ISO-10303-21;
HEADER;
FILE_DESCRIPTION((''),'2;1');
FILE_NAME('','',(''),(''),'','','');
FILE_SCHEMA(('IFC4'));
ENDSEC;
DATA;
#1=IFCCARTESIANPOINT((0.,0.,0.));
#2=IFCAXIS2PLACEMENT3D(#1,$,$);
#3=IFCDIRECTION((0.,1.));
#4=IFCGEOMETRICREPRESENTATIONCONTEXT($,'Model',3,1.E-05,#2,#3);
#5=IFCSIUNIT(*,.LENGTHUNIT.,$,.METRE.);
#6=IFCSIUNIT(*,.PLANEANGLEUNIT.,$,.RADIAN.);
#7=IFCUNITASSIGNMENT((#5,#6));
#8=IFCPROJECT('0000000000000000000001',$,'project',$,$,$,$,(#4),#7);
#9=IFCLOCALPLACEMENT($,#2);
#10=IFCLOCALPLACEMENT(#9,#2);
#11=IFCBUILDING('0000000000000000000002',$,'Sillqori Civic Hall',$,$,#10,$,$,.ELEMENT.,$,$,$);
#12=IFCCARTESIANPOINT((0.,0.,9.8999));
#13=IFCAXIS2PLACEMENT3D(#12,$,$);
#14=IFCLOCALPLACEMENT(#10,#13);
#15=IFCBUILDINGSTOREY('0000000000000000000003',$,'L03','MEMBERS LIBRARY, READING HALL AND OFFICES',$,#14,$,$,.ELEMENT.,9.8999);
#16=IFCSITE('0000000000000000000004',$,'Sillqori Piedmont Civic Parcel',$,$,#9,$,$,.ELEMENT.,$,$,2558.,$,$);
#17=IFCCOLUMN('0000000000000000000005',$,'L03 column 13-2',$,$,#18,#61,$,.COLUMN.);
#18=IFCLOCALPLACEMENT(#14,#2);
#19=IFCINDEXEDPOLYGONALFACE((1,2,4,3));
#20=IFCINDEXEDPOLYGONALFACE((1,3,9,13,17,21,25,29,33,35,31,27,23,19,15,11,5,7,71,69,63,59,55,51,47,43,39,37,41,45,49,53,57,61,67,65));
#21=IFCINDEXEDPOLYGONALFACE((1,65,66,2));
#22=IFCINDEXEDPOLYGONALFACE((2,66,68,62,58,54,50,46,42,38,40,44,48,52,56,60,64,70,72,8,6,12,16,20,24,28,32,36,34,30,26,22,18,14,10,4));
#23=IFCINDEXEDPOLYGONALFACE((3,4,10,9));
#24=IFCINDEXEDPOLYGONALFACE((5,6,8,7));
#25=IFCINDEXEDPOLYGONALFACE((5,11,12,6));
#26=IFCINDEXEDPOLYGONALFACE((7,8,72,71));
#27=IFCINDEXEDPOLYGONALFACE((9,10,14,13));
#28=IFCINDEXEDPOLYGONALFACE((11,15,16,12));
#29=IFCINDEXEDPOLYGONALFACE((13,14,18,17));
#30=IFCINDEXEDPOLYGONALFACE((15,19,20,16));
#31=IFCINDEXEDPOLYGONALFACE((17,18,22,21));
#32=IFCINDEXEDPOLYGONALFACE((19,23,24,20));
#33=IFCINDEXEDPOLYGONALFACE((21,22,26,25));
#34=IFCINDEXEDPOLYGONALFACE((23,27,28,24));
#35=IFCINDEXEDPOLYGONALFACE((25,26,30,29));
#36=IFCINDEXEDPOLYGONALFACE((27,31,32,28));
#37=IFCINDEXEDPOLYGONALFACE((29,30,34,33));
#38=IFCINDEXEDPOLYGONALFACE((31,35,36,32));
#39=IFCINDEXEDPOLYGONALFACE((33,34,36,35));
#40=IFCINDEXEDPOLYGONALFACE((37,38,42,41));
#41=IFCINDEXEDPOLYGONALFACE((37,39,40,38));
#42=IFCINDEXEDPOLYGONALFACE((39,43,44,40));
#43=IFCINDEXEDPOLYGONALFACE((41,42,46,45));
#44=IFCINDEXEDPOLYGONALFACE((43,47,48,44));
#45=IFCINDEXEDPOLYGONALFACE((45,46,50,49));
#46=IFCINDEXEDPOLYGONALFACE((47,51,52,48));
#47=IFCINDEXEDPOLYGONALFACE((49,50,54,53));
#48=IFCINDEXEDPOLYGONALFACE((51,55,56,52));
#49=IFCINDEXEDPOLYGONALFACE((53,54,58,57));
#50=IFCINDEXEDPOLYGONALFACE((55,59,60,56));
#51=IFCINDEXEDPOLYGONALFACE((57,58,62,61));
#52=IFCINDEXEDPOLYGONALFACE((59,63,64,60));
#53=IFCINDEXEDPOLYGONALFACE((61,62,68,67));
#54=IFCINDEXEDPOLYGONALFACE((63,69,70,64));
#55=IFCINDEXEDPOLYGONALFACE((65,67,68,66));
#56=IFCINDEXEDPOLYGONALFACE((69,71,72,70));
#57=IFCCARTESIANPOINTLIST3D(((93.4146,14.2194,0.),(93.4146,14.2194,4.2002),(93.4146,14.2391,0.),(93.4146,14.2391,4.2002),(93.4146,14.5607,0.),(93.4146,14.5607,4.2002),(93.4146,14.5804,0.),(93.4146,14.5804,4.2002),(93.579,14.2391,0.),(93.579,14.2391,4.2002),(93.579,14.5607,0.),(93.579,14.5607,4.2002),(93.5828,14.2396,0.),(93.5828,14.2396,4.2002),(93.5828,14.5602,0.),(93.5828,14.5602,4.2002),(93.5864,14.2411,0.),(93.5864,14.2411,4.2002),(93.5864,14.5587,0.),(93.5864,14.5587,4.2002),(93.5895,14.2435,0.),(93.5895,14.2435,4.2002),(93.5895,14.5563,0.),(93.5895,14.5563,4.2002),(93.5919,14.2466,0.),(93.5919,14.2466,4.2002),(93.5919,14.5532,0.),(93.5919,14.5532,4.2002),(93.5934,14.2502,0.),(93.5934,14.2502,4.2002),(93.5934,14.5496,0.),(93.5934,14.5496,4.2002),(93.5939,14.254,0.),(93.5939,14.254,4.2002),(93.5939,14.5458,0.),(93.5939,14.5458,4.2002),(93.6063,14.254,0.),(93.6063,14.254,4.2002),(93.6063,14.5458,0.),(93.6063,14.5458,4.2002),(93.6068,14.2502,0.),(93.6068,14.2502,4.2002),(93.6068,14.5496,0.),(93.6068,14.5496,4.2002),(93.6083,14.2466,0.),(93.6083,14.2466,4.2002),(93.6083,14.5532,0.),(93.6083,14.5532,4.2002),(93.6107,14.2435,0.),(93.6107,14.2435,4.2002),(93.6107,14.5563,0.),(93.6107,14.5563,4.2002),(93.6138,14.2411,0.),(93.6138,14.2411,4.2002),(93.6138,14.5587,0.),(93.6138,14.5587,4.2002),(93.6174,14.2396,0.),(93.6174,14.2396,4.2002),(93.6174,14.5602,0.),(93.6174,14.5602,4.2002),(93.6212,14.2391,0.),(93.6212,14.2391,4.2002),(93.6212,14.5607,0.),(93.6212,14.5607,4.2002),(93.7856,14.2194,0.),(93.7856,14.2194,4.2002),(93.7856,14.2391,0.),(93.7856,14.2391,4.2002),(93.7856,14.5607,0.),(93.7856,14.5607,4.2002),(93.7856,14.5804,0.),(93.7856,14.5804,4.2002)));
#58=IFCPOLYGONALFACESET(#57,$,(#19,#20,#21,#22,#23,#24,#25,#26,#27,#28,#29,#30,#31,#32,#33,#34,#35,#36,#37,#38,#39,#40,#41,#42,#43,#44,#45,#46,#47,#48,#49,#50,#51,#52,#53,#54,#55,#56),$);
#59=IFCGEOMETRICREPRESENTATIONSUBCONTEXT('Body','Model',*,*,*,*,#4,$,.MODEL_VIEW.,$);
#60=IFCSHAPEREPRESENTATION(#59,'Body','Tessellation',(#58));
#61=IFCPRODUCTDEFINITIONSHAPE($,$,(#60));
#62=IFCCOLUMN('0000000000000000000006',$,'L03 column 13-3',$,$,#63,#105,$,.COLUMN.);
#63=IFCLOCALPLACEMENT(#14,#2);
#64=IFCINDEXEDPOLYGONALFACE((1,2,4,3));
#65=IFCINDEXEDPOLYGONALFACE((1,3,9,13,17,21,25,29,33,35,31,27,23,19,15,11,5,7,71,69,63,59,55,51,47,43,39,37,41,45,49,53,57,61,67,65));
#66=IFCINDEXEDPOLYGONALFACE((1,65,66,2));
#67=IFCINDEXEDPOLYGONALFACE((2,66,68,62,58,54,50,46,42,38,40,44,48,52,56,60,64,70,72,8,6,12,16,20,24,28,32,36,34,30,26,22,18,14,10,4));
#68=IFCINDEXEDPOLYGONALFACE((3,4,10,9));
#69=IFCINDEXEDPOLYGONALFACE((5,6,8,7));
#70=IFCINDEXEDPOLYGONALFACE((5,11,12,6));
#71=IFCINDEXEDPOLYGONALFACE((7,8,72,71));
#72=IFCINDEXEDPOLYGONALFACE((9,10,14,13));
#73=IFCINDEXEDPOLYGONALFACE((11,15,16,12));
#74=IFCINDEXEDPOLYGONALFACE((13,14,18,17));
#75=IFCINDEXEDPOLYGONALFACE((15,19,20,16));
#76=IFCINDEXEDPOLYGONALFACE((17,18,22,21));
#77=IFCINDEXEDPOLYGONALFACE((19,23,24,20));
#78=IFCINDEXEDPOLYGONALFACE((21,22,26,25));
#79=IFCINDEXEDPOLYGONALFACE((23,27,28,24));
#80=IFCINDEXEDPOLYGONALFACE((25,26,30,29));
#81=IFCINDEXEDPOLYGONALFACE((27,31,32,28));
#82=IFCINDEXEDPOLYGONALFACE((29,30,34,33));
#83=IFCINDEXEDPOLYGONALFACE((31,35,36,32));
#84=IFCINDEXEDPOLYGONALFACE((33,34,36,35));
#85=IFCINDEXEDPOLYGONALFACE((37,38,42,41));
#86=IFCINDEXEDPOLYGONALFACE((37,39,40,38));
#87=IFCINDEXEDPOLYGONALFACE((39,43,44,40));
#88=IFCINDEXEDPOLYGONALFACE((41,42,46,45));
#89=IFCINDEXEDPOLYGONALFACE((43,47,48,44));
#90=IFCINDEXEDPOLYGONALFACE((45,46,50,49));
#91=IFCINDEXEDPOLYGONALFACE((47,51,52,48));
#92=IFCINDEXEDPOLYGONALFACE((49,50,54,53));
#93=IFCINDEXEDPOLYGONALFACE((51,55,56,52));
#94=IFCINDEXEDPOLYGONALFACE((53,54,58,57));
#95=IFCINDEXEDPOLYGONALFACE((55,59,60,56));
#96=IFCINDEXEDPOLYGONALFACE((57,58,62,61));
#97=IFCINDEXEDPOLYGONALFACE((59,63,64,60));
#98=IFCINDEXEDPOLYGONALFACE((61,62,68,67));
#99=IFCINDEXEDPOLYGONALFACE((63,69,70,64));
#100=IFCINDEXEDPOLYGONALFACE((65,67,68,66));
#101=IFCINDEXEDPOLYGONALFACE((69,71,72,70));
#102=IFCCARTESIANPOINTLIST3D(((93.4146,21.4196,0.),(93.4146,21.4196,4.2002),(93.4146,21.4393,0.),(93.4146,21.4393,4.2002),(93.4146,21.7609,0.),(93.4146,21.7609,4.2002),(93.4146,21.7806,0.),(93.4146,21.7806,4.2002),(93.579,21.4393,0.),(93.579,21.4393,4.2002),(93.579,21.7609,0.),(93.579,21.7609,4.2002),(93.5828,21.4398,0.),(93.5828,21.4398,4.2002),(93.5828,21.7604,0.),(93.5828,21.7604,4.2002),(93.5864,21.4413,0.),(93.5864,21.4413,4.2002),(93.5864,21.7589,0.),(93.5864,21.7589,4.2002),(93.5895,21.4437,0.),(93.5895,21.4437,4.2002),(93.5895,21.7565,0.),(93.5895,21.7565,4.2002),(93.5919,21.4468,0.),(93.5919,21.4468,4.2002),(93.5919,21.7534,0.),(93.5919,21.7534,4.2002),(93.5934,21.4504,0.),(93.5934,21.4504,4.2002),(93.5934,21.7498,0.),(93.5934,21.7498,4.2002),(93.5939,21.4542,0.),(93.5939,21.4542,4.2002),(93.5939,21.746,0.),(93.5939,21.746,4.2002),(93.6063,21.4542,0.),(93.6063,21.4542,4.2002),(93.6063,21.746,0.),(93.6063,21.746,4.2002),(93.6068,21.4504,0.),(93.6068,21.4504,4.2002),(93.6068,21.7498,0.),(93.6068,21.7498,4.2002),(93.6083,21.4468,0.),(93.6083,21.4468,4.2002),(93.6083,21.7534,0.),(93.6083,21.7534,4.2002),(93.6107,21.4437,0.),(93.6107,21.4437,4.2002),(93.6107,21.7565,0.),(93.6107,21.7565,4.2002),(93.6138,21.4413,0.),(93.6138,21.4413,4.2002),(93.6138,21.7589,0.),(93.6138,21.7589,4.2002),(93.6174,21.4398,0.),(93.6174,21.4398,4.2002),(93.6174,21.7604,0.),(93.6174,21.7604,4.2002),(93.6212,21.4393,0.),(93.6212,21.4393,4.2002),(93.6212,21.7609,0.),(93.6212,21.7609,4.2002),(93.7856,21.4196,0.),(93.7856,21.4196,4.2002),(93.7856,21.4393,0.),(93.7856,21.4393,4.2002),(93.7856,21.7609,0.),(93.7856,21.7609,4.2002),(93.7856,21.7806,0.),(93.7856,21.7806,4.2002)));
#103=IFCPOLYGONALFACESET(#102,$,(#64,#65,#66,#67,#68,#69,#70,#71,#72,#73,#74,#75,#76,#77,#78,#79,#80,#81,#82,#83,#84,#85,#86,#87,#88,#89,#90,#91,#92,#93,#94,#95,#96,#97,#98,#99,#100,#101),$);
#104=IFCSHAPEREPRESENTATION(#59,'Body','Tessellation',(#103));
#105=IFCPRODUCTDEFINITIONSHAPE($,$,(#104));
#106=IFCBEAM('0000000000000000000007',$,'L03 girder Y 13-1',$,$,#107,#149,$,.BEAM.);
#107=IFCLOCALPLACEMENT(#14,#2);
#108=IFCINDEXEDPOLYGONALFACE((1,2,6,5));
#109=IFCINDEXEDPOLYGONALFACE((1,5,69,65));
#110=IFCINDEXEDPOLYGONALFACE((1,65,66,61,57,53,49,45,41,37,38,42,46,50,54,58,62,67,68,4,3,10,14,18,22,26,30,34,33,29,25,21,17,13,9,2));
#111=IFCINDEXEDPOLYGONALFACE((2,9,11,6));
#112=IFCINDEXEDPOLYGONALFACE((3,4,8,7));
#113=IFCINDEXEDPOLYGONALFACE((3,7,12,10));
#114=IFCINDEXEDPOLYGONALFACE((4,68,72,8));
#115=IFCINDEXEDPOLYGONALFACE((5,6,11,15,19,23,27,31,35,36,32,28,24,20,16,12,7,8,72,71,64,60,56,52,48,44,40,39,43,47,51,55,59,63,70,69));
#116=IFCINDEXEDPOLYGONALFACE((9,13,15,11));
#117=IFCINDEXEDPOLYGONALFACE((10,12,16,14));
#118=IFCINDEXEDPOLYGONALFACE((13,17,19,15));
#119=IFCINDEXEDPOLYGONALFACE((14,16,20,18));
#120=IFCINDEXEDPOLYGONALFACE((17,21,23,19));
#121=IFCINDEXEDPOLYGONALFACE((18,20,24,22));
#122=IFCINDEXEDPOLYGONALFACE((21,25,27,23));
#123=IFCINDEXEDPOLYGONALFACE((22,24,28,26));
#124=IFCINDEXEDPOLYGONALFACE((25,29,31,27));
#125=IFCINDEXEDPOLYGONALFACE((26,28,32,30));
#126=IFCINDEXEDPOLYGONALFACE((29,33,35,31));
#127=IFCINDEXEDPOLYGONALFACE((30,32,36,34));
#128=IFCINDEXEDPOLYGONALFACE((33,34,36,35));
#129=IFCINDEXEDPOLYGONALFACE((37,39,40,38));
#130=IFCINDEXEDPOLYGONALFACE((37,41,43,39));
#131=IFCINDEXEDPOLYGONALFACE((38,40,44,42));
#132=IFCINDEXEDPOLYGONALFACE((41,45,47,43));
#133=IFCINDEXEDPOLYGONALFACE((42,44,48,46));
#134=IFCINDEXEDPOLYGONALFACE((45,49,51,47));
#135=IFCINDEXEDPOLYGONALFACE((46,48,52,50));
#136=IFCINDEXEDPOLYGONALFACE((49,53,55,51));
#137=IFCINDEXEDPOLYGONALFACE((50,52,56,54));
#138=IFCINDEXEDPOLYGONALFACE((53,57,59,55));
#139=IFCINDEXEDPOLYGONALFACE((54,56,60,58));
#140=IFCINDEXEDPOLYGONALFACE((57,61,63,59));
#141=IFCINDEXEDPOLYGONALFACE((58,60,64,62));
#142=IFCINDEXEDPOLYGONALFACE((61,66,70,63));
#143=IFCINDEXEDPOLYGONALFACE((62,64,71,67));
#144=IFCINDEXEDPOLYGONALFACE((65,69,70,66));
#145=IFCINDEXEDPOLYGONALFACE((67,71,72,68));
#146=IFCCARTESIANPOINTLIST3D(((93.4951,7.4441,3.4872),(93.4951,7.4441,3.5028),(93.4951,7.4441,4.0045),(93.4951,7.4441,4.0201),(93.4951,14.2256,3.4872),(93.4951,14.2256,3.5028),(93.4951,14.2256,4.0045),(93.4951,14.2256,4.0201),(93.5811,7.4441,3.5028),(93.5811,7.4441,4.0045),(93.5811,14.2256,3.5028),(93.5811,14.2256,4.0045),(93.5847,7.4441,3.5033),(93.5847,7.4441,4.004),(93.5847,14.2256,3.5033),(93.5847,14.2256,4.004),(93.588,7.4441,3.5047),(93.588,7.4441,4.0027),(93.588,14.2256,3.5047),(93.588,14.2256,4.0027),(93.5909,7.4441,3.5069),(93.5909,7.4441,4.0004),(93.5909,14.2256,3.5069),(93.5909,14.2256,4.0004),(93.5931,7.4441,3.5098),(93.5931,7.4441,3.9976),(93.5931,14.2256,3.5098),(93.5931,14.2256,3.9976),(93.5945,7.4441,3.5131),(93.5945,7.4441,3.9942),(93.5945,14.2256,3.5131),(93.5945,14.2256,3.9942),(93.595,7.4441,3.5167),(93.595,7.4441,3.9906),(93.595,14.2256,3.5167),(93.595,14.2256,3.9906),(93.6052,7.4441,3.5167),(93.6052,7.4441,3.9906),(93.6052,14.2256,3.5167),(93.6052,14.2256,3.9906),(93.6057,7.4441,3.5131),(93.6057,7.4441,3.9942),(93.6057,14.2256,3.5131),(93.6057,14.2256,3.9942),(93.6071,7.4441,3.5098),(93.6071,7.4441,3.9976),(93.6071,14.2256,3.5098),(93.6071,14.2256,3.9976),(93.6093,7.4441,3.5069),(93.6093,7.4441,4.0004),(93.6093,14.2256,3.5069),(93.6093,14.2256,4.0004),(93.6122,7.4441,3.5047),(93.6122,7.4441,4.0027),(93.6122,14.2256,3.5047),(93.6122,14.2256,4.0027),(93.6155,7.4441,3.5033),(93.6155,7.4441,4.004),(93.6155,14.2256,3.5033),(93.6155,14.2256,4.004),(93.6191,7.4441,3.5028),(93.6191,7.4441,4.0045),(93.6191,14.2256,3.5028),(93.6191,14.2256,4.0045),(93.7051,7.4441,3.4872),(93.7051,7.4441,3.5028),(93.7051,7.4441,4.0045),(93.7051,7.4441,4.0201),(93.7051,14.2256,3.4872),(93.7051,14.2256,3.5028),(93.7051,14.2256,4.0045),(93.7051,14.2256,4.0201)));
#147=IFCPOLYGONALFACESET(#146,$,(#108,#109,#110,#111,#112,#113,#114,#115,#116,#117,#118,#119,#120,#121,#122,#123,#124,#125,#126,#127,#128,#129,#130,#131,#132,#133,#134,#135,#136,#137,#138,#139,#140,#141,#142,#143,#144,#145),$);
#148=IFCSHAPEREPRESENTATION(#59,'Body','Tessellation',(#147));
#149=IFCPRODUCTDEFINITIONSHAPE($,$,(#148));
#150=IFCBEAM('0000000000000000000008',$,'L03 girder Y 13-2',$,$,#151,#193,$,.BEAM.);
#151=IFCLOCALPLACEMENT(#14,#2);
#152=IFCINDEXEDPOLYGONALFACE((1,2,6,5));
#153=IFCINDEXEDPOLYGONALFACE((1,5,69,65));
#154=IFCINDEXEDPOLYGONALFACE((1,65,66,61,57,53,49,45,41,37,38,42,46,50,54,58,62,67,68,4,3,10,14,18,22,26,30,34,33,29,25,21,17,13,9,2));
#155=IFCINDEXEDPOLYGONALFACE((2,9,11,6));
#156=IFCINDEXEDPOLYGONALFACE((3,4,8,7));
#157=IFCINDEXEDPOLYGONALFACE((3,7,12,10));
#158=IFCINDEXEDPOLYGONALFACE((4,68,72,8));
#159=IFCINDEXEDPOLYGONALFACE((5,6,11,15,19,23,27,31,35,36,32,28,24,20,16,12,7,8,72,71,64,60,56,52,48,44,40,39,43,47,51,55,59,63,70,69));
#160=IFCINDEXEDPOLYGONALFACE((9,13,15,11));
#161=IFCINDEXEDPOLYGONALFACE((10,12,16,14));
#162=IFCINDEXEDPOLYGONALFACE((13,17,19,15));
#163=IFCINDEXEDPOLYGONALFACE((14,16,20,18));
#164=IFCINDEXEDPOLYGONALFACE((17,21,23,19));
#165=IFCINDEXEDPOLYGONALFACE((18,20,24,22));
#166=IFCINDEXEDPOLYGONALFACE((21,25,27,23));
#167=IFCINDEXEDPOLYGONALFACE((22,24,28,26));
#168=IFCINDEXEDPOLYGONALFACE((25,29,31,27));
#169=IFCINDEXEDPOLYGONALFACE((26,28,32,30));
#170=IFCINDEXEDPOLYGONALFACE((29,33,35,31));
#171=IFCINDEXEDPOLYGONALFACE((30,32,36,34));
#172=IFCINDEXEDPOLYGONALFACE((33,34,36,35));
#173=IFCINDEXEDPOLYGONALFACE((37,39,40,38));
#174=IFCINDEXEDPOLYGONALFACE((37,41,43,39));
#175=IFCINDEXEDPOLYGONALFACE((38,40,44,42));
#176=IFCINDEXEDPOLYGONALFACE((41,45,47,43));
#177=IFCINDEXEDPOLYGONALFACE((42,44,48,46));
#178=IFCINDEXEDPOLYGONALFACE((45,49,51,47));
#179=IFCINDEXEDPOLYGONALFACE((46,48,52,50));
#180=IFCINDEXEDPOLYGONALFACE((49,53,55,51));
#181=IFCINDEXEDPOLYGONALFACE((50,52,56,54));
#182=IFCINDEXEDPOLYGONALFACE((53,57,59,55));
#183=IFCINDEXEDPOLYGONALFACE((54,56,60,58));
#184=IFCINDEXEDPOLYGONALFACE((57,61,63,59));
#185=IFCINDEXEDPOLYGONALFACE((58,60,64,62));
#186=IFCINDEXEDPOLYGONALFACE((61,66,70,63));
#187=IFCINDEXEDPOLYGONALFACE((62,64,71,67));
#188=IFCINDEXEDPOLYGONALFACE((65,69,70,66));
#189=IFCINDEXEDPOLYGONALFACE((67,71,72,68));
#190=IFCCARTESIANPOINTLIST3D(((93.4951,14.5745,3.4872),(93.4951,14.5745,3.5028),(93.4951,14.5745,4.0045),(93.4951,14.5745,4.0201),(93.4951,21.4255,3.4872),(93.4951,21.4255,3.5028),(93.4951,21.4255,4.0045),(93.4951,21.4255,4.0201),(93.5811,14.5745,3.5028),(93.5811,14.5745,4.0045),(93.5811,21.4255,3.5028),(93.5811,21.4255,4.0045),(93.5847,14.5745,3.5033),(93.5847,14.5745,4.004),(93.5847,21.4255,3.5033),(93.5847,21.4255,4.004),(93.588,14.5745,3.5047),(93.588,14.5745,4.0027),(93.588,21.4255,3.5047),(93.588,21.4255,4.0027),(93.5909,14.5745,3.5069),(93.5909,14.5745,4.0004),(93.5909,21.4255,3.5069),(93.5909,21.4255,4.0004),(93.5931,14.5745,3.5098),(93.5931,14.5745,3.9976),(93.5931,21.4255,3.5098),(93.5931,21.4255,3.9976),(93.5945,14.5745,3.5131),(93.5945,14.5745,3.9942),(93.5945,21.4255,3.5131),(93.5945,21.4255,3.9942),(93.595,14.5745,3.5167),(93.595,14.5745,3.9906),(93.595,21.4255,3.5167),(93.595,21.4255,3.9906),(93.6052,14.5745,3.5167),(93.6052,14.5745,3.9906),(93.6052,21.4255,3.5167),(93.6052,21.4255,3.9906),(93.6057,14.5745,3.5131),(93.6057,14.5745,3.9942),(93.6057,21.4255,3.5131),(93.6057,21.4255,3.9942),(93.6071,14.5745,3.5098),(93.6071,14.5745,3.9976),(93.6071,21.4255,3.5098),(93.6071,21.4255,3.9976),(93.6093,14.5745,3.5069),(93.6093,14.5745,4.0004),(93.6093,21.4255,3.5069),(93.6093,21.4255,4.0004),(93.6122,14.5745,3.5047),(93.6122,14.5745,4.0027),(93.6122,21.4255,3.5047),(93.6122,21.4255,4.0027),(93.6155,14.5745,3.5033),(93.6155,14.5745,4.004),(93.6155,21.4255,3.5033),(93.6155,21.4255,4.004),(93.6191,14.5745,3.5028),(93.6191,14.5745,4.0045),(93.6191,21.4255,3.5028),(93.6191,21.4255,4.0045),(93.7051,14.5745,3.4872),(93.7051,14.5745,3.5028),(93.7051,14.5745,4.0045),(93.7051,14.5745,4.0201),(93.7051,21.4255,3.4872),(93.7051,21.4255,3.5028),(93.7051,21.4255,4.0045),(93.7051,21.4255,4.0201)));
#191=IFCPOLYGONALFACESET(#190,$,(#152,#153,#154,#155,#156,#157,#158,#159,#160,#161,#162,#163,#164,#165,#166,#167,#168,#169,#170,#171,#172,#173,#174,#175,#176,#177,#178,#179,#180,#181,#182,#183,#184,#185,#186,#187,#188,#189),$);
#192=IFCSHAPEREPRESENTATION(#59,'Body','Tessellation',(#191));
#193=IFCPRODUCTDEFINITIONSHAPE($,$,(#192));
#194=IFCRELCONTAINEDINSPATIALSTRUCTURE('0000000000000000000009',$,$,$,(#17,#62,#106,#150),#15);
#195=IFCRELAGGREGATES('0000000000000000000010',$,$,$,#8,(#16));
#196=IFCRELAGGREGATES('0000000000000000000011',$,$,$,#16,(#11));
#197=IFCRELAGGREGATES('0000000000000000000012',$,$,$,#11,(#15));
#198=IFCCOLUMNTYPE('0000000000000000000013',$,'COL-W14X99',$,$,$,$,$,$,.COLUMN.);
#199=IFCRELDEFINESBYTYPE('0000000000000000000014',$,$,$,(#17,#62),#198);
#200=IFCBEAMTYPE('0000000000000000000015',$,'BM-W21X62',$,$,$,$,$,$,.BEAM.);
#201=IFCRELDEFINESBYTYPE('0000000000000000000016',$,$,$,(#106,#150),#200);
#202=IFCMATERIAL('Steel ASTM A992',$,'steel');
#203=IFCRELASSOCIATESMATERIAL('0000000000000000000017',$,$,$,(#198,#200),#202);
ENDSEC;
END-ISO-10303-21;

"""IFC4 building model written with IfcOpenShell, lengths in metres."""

from ifc_helpers import new_model, si_unit, direction, frame, origin, origin_2d, place, context, subcontext, project, spatial, i_section, extrude, material, material_profile, profile_set, type_object, element, save


model = new_model("IFC4")

# Units and contexts
model_context = context("Model", 3, precision=1e-05, world=origin(), true_north=direction((0.0, 1.0)))
body_context = subcontext(model_context, "Body", "Model", "MODEL_VIEW")
ifc_project = project(units=[si_unit("LENGTHUNIT", "METRE"), si_unit("PLANEANGLEUNIT", "RADIAN")], contexts=[model_context])

# Site, building, storey
site_placement = place(None, origin())
site = spatial("IfcSite", under=ifc_project, at=site_placement, Name="Sillqori Piedmont Civic Parcel", CompositionType="ELEMENT", RefElevation=2558.0)
building_placement = place(site_placement, origin())
building = spatial("IfcBuilding", under=site, at=building_placement, Name="Sillqori Civic Hall", CompositionType="ELEMENT")
storey_placement = place(building_placement, frame((0.0, 0.0, 9.8999)))
storey = spatial("IfcBuildingStorey", under=building, at=storey_placement, Name="L03", Description="MEMBERS LIBRARY, READING HALL AND OFFICES", CompositionType="ELEMENT", Elevation=9.8999)

# Columns
ifc_material_1 = material(Name="Steel ASTM A992", Category="steel")
ifc_material_profile_1 = material_profile(ifc_material_1, i_section(OverallWidth=0.3711, OverallDepth=0.3611, WebThickness=0.0125, FlangeThickness=0.0198, FilletRadius=0.0149, at=origin_2d()), Name="W14X99")
ifc_profile_set_1 = profile_set([ifc_material_profile_1], Name="Steel ASTM A992")
column_type = type_object("IfcColumnType", Name="COL-W14X99", PredefinedType="COLUMN", material=ifc_profile_set_1)
for number, where, z_axis, x_axis, name in (
    (1, (93.6001, 14.3999, 0.0), (0.0, 0.0, 1.0), (1.0, 0.0, 0.0), "L03 column 13-2"),
    (2, (93.6001, 21.6001, 0.0), (0.0, 0.0, 1.0), (1.0, 0.0, 0.0), "L03 column 13-3"),
):
    element("IfcColumn", number, at=place(storey_placement, frame(where, z_axis=z_axis, x_axis=x_axis)), inside=storey, type_object=column_type, Name=name, PredefinedType="COLUMN", context=body_context, shape_type="SweptSolid", body=[
        extrude(i_section(OverallWidth=0.3711, OverallDepth=0.3611, WebThickness=0.0125, FlangeThickness=0.0198, FilletRadius=0.0149, at=origin_2d()), origin(), (0.0, 0.0, 1.0), 4.2002),
    ])

# Beams
ifc_material_profile_2 = material_profile(ifc_material_1, i_section(OverallWidth=0.21, OverallDepth=0.533, WebThickness=0.0103, FlangeThickness=0.0156, FilletRadius=0.0139, at=origin_2d()), Name="W21X62")
ifc_profile_set_2 = profile_set([ifc_material_profile_2], Name="Steel ASTM A992")
beam_type_1 = type_object("IfcBeamType", Name="BM-W21X62", PredefinedType="BEAM", material=ifc_profile_set_2)
beam_placement = place(storey_placement, frame((93.6001, 7.4441, 3.7537), z_axis=(0.0, 1.0, 0.0), x_axis=(-1.0, 0.0, 0.0)))
element("IfcBeam", 3, at=beam_placement, inside=storey, type_object=beam_type_1, Name="L03 girder Y 13-1", PredefinedType="BEAM", context=body_context, shape_type="SweptSolid", body=[
    extrude(i_section(OverallWidth=0.21, OverallDepth=0.533, WebThickness=0.0103, FlangeThickness=0.0156, FilletRadius=0.0139, at=origin_2d()), origin(), (0.0, 0.0, 1.0), 6.7815),
])
for number, where, z_axis, x_axis, name in (
    (4, (93.6001, 14.5745, 3.7537), (0.0, 1.0, 0.0), (-1.0, 0.0, 0.0), "L03 girder Y 13-2"),
):
    element("IfcBeam", number, at=place(storey_placement, frame(where, z_axis=z_axis, x_axis=x_axis)), inside=storey, type_object=beam_type_1, Name=name, PredefinedType="BEAM", context=body_context, shape_type="SweptSolid", body=[
        extrude(i_section(OverallWidth=0.21, OverallDepth=0.533, WebThickness=0.0103, FlangeThickness=0.0156, FilletRadius=0.0139, at=origin_2d()), origin(), (0.0, 0.0, 1.0), 6.8511),
    ])

save(model, "model.ifc")
